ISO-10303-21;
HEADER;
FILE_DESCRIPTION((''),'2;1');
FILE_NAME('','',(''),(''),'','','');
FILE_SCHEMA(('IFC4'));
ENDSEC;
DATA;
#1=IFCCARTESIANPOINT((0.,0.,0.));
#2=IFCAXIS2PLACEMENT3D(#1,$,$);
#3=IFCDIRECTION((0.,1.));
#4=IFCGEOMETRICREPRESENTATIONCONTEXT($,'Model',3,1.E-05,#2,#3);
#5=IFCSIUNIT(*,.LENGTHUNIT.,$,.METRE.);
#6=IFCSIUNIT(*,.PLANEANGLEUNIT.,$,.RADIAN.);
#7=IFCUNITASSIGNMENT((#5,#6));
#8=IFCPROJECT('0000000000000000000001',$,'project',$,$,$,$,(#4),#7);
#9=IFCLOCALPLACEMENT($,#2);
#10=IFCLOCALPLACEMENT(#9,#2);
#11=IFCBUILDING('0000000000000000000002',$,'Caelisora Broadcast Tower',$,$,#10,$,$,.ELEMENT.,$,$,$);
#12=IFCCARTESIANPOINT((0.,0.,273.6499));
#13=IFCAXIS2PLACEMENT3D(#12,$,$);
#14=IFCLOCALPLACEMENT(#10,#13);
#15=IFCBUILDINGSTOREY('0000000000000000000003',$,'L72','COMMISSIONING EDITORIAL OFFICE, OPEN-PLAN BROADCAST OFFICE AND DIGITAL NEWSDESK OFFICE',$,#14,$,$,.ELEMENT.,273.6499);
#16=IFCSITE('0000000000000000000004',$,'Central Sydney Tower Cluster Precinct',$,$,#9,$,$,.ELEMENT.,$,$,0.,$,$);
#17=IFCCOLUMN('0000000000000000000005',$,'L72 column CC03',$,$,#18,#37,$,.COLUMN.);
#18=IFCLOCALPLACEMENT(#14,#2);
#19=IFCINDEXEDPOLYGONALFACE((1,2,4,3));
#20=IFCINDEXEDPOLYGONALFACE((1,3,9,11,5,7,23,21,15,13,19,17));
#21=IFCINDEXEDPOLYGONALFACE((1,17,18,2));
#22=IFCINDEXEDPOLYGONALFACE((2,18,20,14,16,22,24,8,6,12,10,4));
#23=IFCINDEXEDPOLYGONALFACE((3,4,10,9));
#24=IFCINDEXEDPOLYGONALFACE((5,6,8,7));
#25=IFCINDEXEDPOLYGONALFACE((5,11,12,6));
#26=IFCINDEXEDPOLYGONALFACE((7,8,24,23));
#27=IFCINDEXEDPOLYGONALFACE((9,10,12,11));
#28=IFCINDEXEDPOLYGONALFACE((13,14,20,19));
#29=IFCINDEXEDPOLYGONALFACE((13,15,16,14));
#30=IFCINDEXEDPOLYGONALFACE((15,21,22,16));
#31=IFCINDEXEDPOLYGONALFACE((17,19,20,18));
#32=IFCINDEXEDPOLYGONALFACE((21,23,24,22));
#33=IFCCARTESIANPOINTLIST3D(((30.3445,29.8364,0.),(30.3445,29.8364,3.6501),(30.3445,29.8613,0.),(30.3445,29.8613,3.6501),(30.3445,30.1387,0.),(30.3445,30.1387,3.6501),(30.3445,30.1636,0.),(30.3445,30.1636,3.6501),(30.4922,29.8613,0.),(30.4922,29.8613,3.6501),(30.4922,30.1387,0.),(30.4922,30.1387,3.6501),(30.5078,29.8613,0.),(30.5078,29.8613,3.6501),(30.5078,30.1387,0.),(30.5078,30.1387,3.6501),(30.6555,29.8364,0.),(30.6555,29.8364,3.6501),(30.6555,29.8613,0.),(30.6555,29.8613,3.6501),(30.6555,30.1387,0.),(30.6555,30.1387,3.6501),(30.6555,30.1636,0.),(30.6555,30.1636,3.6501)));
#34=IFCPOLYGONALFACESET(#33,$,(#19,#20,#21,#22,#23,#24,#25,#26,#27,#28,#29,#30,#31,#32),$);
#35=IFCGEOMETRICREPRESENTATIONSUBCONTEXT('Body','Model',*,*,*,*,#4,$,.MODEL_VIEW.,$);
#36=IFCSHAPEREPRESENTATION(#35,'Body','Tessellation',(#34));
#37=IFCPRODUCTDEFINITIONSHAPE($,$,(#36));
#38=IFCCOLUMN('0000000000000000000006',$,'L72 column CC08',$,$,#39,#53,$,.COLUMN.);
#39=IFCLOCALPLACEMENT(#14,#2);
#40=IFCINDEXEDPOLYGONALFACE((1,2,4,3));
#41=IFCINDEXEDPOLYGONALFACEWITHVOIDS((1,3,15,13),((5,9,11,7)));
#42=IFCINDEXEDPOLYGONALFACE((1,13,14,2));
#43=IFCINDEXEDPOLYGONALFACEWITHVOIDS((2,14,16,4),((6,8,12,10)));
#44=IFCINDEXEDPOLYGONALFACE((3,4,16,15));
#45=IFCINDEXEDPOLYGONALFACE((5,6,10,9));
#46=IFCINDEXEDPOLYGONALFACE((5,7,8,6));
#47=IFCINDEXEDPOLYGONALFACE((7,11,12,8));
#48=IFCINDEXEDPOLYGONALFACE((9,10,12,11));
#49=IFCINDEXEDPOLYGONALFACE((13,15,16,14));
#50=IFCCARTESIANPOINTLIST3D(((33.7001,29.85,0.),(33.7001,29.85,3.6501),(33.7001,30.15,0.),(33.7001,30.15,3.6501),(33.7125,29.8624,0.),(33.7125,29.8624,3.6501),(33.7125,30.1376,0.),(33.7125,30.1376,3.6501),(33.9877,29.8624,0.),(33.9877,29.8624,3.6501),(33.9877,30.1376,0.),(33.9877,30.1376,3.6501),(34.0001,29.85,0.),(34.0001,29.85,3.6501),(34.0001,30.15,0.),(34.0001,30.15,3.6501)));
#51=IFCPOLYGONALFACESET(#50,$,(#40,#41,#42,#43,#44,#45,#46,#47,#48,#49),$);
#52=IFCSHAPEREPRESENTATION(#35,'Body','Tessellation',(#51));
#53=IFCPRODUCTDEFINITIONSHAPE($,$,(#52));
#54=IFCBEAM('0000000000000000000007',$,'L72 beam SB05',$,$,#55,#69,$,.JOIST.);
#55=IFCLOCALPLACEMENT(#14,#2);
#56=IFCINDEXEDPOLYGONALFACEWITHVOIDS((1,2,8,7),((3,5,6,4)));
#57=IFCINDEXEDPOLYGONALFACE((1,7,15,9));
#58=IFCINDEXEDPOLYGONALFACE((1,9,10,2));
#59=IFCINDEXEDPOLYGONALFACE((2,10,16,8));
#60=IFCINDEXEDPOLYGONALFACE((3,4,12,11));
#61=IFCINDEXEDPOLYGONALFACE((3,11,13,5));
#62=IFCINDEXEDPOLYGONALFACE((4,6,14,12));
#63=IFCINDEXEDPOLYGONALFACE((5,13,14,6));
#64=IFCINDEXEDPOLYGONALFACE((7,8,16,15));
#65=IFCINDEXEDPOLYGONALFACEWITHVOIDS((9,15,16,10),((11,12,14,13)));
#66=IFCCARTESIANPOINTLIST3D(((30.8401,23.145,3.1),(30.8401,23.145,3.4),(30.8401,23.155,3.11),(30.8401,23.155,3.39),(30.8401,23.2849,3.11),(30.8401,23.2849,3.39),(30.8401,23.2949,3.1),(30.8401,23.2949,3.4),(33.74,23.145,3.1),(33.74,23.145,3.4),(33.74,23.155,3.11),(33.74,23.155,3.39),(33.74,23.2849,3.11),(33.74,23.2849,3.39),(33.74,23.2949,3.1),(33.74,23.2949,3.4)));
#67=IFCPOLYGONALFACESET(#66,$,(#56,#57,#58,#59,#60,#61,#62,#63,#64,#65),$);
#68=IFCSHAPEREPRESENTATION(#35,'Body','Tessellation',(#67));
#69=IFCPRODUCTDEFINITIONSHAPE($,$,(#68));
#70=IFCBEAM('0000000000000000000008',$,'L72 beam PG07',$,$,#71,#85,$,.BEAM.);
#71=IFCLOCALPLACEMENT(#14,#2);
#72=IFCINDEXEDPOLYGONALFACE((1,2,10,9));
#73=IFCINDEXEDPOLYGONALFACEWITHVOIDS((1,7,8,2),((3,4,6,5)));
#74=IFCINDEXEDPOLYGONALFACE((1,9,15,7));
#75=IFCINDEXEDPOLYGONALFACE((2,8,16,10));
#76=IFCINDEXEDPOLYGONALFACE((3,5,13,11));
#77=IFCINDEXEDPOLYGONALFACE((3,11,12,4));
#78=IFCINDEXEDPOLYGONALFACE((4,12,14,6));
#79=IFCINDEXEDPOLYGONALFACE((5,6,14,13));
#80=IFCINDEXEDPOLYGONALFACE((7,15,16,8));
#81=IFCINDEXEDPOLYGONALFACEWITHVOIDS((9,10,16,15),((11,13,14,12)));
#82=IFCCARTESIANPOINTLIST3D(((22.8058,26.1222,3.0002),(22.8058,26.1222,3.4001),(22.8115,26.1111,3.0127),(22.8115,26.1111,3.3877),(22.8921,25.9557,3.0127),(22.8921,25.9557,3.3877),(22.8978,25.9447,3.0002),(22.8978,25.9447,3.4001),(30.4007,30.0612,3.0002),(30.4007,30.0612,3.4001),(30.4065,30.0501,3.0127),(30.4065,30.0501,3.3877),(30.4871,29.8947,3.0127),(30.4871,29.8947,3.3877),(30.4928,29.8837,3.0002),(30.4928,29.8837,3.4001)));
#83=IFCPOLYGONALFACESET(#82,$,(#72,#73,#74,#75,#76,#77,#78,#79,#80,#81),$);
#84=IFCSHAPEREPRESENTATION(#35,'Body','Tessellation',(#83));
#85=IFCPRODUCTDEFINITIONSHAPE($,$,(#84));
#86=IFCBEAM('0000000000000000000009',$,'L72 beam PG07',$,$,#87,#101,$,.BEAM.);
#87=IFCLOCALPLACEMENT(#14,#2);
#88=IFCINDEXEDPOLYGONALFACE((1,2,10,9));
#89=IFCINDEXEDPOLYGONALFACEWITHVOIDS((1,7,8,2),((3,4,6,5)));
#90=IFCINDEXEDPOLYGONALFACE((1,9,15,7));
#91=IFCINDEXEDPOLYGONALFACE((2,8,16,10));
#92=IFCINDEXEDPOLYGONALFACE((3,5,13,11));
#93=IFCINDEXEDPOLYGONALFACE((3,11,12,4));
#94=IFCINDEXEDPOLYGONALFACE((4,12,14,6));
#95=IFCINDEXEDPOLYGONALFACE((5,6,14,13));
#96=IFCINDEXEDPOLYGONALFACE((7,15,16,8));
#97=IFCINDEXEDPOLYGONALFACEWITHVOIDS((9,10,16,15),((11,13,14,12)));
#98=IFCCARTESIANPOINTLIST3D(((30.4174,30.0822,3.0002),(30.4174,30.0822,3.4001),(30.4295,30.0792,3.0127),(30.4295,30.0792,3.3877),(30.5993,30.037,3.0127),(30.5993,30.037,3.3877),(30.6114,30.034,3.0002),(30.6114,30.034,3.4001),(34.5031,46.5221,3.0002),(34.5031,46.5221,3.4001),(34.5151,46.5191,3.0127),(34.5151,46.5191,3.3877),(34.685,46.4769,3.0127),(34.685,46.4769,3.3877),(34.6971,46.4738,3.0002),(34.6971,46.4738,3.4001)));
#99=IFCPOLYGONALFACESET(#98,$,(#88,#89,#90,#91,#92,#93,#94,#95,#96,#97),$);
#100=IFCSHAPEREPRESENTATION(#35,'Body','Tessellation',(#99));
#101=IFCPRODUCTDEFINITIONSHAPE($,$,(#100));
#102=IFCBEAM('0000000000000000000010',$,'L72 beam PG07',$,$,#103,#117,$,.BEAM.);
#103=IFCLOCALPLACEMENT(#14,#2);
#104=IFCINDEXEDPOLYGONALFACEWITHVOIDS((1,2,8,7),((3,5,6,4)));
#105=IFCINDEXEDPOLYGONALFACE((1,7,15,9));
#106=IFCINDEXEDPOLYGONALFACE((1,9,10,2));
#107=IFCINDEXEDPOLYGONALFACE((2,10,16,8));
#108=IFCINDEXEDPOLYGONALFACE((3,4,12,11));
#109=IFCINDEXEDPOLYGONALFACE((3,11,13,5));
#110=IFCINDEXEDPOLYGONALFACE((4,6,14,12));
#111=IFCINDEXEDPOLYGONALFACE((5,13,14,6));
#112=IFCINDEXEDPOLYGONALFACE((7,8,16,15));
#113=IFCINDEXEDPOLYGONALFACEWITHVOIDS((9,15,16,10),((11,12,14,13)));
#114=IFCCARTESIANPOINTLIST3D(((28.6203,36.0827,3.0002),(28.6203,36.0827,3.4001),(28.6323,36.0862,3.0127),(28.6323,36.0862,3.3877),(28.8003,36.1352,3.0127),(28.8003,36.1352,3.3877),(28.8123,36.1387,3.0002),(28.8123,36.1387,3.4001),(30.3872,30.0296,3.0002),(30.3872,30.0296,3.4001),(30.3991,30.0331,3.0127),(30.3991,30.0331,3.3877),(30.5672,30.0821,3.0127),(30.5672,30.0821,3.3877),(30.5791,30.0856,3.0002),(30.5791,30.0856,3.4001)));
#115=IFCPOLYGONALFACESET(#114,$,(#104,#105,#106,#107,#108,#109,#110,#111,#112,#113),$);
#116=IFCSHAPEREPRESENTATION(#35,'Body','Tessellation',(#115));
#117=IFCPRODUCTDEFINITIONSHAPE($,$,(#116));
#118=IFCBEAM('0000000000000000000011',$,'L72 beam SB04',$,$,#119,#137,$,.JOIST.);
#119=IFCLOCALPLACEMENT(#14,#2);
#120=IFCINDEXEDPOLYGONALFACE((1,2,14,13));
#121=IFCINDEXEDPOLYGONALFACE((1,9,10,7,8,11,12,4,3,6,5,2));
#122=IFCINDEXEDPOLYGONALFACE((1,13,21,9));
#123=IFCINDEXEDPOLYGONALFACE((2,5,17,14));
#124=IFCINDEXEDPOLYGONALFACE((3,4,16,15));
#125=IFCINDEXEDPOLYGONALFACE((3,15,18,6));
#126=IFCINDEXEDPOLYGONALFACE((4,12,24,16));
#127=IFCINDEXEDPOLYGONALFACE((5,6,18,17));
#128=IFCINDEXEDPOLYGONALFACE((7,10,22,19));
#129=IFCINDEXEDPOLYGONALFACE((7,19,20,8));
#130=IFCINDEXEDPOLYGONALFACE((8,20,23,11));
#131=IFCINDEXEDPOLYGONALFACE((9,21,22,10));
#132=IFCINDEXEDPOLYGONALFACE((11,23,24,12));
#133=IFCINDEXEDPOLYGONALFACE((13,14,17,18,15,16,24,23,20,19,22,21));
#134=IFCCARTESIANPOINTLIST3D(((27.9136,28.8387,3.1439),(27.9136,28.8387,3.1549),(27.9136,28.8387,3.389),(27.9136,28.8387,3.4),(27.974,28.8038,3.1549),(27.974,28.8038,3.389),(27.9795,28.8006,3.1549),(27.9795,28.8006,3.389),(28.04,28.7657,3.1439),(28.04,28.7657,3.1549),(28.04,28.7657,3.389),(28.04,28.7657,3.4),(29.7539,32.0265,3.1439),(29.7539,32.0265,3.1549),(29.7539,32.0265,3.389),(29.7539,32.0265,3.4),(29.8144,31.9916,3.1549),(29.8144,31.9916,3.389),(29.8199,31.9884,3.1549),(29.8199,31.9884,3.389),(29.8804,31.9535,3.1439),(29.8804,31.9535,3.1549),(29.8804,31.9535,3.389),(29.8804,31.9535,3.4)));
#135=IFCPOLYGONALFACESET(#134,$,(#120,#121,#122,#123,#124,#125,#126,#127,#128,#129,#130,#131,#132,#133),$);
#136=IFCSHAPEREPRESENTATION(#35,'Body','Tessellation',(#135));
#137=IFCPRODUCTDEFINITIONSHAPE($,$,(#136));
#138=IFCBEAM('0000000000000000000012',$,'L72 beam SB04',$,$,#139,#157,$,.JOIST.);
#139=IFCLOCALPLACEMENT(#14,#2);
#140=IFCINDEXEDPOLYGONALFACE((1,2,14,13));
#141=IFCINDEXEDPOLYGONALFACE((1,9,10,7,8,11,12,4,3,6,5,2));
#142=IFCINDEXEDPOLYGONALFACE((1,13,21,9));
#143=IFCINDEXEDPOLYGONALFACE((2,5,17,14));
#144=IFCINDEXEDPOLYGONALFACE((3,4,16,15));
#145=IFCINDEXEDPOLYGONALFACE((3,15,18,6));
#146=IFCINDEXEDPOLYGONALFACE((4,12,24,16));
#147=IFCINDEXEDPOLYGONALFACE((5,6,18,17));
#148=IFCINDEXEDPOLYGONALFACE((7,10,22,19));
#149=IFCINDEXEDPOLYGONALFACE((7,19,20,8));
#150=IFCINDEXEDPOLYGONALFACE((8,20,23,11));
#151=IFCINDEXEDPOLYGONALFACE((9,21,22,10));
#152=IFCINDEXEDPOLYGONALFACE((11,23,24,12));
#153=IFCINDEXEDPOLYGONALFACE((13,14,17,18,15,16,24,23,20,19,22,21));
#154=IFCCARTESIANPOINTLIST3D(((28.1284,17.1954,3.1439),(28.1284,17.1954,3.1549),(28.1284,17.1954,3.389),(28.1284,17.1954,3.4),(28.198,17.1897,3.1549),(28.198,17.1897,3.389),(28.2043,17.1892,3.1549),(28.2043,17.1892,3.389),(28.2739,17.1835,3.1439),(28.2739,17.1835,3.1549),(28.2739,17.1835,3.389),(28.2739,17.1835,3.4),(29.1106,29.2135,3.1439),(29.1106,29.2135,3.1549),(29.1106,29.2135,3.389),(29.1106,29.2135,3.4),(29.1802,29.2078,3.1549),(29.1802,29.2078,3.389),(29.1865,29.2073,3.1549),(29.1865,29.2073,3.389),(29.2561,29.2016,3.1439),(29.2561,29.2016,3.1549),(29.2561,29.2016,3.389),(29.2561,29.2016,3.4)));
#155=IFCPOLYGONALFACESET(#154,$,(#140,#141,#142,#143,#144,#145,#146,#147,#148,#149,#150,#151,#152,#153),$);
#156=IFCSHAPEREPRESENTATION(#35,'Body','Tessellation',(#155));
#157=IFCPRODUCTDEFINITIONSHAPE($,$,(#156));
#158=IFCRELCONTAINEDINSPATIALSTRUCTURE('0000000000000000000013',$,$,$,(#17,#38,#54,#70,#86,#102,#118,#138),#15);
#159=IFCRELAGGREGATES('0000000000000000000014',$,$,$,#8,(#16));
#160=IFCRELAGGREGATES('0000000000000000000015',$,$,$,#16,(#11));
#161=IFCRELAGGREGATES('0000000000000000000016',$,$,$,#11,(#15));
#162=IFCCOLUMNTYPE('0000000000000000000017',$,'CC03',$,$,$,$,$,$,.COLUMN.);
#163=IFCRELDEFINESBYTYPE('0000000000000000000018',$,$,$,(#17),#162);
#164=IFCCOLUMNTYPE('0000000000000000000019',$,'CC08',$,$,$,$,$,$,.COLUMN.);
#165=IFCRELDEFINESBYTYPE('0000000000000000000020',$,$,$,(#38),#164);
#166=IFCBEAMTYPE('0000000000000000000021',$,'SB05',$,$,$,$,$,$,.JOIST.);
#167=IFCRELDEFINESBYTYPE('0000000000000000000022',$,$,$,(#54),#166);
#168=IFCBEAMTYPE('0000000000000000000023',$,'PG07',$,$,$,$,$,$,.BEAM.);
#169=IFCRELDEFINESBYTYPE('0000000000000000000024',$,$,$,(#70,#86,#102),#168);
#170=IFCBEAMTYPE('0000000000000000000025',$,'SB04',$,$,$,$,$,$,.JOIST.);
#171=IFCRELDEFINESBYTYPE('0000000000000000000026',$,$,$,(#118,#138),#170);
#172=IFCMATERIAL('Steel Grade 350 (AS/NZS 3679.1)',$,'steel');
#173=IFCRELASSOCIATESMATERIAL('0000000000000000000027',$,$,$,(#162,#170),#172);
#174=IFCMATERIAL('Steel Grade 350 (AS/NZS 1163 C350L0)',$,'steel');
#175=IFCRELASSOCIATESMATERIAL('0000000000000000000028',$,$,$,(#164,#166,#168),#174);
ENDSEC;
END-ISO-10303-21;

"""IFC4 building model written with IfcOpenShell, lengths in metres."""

from ifc_helpers import new_model, si_unit, direction, frame, origin, origin_2d, place, context, subcontext, project, spatial, hollow_rectangle, i_section, extrude, source, transform, mapped, material, material_profile, profile_set, type_object, type_shapes, element, save


model = new_model("IFC4")

# Units and contexts
model_context = context("Model", 3, precision=1e-05, world=origin(), true_north=direction((0.0, 1.0)))
body_context = subcontext(model_context, "Body", "Model", "MODEL_VIEW")
ifc_project = project(units=[si_unit("LENGTHUNIT", "METRE"), si_unit("PLANEANGLEUNIT", "RADIAN")], contexts=[model_context])

# Site, building, storey
site_placement = place(None, origin())
site = spatial("IfcSite", under=ifc_project, at=site_placement, Name="Central Sydney Tower Cluster Precinct", CompositionType="ELEMENT", RefElevation=0.0)
building_placement = place(site_placement, origin())
building = spatial("IfcBuilding", under=site, at=building_placement, Name="Caelisora Broadcast Tower", CompositionType="ELEMENT")
storey_placement = place(building_placement, frame((0.0, 0.0, 273.6499)))
storey = spatial("IfcBuildingStorey", under=building, at=storey_placement, Name="L72", Description="COMMISSIONING EDITORIAL OFFICE, OPEN-PLAN BROADCAST OFFICE AND DIGITAL NEWSDESK OFFICE", CompositionType="ELEMENT", Elevation=273.6499)

# Columns
ifc_material_1 = material(Name="Steel Grade 350 (AS/NZS 3679.1)", Category="steel")
ifc_material_profile_1 = material_profile(ifc_material_1, i_section(OverallWidth=0.311, OverallDepth=0.3271, WebThickness=0.0156, FlangeThickness=0.0249, at=origin_2d()), Name="Steel Grade 350 (AS/NZS 3679.1)")
ifc_profile_set_1 = profile_set([ifc_material_profile_1], Name="Steel Grade 350 (AS/NZS 3679.1)")
column_type_1 = type_object("IfcColumnType", Name="CC03", PredefinedType="COLUMN", material=ifc_profile_set_1)
shared_shape_1 = source(origin(), body_context, "Body", "SweptSolid", [
    extrude(i_section(OverallWidth=0.311, OverallDepth=0.3271, WebThickness=0.0156, FlangeThickness=0.0249, at=origin_2d()), origin(), (0.0, 0.0, 1.0), 3.6501),
])
type_shapes(column_type_1, [shared_shape_1])
column_1_placement = place(storey_placement, frame((30.5, 30.0, 0.0), z_axis=(0.0, 0.0, 1.0), x_axis=(1.0, 0.0, 0.0)))
element("IfcColumn", 1, at=column_1_placement, inside=storey, type_object=column_type_1, Name="L72 column CC03", PredefinedType="COLUMN", context=body_context, shape_type="MappedRepresentation", body=[
    mapped(shared_shape_1, transform((0.0, 0.0, 0.0), scale=1.0)),
])
ifc_material_2 = material(Name="Steel Grade 350 (AS/NZS 1163 C350L0)", Category="steel")
ifc_material_profile_2 = material_profile(ifc_material_2, hollow_rectangle(XDim=0.3, YDim=0.3, WallThickness=0.0125, at=origin_2d()), Name="Steel Grade 350 (AS/NZS 1163 C350L0)")
ifc_profile_set_2 = profile_set([ifc_material_profile_2], Name="Steel Grade 350 (AS/NZS 1163 C350L0)")
column_type_2 = type_object("IfcColumnType", Name="CC08", PredefinedType="COLUMN", material=ifc_profile_set_2)
shared_shape_2 = source(origin(), body_context, "Body", "SweptSolid", [
    extrude(hollow_rectangle(XDim=0.3, YDim=0.3, WallThickness=0.0125, at=origin_2d()), origin(), (0.0, 0.0, 1.0), 3.6501),
])
type_shapes(column_type_2, [shared_shape_2])
column_2_placement = place(storey_placement, frame((33.8501, 30.0, 0.0), z_axis=(0.0, 0.0, 1.0), x_axis=(1.0, 0.0, 0.0)))
element("IfcColumn", 2, at=column_2_placement, inside=storey, type_object=column_type_2, Name="L72 column CC08", PredefinedType="COLUMN", context=body_context, shape_type="MappedRepresentation", body=[
    mapped(shared_shape_2, transform((0.0, 0.0, 0.0), scale=1.0)),
])

# Beams
ifc_material_profile_3 = material_profile(ifc_material_2, hollow_rectangle(XDim=0.1499, YDim=0.3, WallThickness=0.01, at=origin_2d()), Name="Steel Grade 350 (AS/NZS 1163 C350L0)")
ifc_profile_set_3 = profile_set([ifc_material_profile_3], Name="Steel Grade 350 (AS/NZS 1163 C350L0)")
beam_type_1 = type_object("IfcBeamType", Name="SB05", PredefinedType="JOIST", material=ifc_profile_set_3)
shared_shape_3 = source(origin(), body_context, "Body", "SweptSolid", [
    extrude(hollow_rectangle(XDim=0.1499, YDim=0.3, WallThickness=0.01, at=origin_2d()), origin(), (0.0, 0.0, 1.0), 2.8999),
])
type_shapes(beam_type_1, [shared_shape_3])
beam_1_placement = place(storey_placement, frame((30.8401, 23.22, 3.25), z_axis=(1.0, 0.0, 0.0), x_axis=(0.0, 1.0, 0.0)))
element("IfcBeam", 3, at=beam_1_placement, inside=storey, type_object=beam_type_1, Name="L72 beam SB05", PredefinedType="JOIST", context=body_context, shape_type="MappedRepresentation", body=[
    mapped(shared_shape_3, transform((0.0, 0.0, 0.0), scale=1.0)),
])
ifc_material_profile_4 = material_profile(ifc_material_2, hollow_rectangle(XDim=0.2, YDim=0.3999, WallThickness=0.0125, at=origin_2d()), Name="Steel Grade 350 (AS/NZS 1163 C350L0)")
ifc_profile_set_4 = profile_set([ifc_material_profile_4], Name="Steel Grade 350 (AS/NZS 1163 C350L0)")
beam_type_2 = type_object("IfcBeamType", Name="PG07", PredefinedType="BEAM", material=ifc_profile_set_4)
shared_shape_4 = source(origin(), body_context, "Body", "SweptSolid", [
    extrude(hollow_rectangle(XDim=0.2, YDim=0.3999, WallThickness=0.0125, at=origin_2d()), origin(), (0.0, 0.0, 1.0), 8.5557),
])
beam_2_placement = place(storey_placement, frame((30.4468, 29.9724, 3.2002), z_axis=(-0.887715, -0.460394, 0.0), x_axis=(0.460394, -0.887715, 0.0)))
element("IfcBeam", 4, at=beam_2_placement, inside=storey, type_object=beam_type_2, Name="L72 beam PG07", PredefinedType="BEAM", context=body_context, shape_type="MappedRepresentation", body=[
    mapped(shared_shape_4, transform((0.0, 0.0, 0.0), scale=1.0)),
])
shared_shape_5 = source(origin(), body_context, "Body", "SweptSolid", [
    extrude(hollow_rectangle(XDim=0.2, YDim=0.3999, WallThickness=0.0125, at=origin_2d()), origin(), (0.0, 0.0, 1.0), 16.9399),
])
beam_3_placement = place(storey_placement, frame((30.5144, 30.0581, 3.2002), z_axis=(0.241186, 0.970479, 0.0), x_axis=(-0.970479, 0.241186, 0.0)))
element("IfcBeam", 5, at=beam_3_placement, inside=storey, type_object=beam_type_2, Name="L72 beam PG07", PredefinedType="BEAM", context=body_context, shape_type="MappedRepresentation", body=[
    mapped(shared_shape_5, transform((0.0, 0.0, 0.0), scale=1.0)),
])
shared_shape_6 = source(origin(), body_context, "Body", "SweptSolid", [
    extrude(hollow_rectangle(XDim=0.2, YDim=0.3999, WallThickness=0.0125, at=origin_2d()), origin(), (0.0, 0.0, 1.0), 6.3057),
])
type_shapes(beam_type_2, [shared_shape_4, shared_shape_5, shared_shape_6])
beam_4_placement = place(storey_placement, frame((30.4832, 30.0576, 3.2002), z_axis=(-0.280204, 0.959941, 0.0), x_axis=(-0.959941, -0.280204, 0.0)))
element("IfcBeam", 6, at=beam_4_placement, inside=storey, type_object=beam_type_2, Name="L72 beam PG07", PredefinedType="BEAM", context=body_context, shape_type="MappedRepresentation", body=[
    mapped(shared_shape_6, transform((0.0, 0.0, 0.0), scale=1.0)),
])
ifc_material_profile_5 = material_profile(ifc_material_1, i_section(OverallWidth=0.146, OverallDepth=0.2561, WebThickness=0.0063, FlangeThickness=0.011, at=origin_2d()), Name="Steel Grade 350 (AS/NZS 3679.1)")
ifc_profile_set_5 = profile_set([ifc_material_profile_5], Name="Steel Grade 350 (AS/NZS 3679.1)")
beam_type_3 = type_object("IfcBeamType", Name="SB04", PredefinedType="JOIST", material=ifc_profile_set_5)
shared_shape_7 = source(origin(), body_context, "Body", "SweptSolid", [
    extrude(i_section(OverallWidth=0.146, OverallDepth=0.2561, WebThickness=0.0063, FlangeThickness=0.011, at=origin_2d()), origin(), (0.0, 0.0, 1.0), 3.6809),
])
beam_5_placement = place(storey_placement, frame((29.8171, 31.99, 3.272), z_axis=(-0.499977, -0.866039, 0.0), x_axis=(0.866039, -0.499977, 0.0)))
element("IfcBeam", 7, at=beam_5_placement, inside=storey, type_object=beam_type_3, Name="L72 beam SB04", PredefinedType="JOIST", context=body_context, shape_type="MappedRepresentation", body=[
    mapped(shared_shape_7, transform((0.0, 0.0, 0.0), scale=1.0)),
])
shared_shape_8 = source(origin(), body_context, "Body", "SweptSolid", [
    extrude(i_section(OverallWidth=0.146, OverallDepth=0.2561, WebThickness=0.0063, FlangeThickness=0.011, at=origin_2d()), origin(), (0.0, 0.0, 1.0), 12.0581),
])
beam_6_placement = place(storey_placement, frame((29.1833, 29.2075, 3.272), z_axis=(-0.081454, -0.996677, 0.0), x_axis=(0.996677, -0.081454, 0.0)))
element("IfcBeam", 8, at=beam_6_placement, inside=storey, type_object=beam_type_3, Name="L72 beam SB04", PredefinedType="JOIST", context=body_context, shape_type="MappedRepresentation", body=[
    mapped(shared_shape_8, transform((0.0, 0.0, 0.0), scale=1.0)),
])

save(model, "model.ifc")
